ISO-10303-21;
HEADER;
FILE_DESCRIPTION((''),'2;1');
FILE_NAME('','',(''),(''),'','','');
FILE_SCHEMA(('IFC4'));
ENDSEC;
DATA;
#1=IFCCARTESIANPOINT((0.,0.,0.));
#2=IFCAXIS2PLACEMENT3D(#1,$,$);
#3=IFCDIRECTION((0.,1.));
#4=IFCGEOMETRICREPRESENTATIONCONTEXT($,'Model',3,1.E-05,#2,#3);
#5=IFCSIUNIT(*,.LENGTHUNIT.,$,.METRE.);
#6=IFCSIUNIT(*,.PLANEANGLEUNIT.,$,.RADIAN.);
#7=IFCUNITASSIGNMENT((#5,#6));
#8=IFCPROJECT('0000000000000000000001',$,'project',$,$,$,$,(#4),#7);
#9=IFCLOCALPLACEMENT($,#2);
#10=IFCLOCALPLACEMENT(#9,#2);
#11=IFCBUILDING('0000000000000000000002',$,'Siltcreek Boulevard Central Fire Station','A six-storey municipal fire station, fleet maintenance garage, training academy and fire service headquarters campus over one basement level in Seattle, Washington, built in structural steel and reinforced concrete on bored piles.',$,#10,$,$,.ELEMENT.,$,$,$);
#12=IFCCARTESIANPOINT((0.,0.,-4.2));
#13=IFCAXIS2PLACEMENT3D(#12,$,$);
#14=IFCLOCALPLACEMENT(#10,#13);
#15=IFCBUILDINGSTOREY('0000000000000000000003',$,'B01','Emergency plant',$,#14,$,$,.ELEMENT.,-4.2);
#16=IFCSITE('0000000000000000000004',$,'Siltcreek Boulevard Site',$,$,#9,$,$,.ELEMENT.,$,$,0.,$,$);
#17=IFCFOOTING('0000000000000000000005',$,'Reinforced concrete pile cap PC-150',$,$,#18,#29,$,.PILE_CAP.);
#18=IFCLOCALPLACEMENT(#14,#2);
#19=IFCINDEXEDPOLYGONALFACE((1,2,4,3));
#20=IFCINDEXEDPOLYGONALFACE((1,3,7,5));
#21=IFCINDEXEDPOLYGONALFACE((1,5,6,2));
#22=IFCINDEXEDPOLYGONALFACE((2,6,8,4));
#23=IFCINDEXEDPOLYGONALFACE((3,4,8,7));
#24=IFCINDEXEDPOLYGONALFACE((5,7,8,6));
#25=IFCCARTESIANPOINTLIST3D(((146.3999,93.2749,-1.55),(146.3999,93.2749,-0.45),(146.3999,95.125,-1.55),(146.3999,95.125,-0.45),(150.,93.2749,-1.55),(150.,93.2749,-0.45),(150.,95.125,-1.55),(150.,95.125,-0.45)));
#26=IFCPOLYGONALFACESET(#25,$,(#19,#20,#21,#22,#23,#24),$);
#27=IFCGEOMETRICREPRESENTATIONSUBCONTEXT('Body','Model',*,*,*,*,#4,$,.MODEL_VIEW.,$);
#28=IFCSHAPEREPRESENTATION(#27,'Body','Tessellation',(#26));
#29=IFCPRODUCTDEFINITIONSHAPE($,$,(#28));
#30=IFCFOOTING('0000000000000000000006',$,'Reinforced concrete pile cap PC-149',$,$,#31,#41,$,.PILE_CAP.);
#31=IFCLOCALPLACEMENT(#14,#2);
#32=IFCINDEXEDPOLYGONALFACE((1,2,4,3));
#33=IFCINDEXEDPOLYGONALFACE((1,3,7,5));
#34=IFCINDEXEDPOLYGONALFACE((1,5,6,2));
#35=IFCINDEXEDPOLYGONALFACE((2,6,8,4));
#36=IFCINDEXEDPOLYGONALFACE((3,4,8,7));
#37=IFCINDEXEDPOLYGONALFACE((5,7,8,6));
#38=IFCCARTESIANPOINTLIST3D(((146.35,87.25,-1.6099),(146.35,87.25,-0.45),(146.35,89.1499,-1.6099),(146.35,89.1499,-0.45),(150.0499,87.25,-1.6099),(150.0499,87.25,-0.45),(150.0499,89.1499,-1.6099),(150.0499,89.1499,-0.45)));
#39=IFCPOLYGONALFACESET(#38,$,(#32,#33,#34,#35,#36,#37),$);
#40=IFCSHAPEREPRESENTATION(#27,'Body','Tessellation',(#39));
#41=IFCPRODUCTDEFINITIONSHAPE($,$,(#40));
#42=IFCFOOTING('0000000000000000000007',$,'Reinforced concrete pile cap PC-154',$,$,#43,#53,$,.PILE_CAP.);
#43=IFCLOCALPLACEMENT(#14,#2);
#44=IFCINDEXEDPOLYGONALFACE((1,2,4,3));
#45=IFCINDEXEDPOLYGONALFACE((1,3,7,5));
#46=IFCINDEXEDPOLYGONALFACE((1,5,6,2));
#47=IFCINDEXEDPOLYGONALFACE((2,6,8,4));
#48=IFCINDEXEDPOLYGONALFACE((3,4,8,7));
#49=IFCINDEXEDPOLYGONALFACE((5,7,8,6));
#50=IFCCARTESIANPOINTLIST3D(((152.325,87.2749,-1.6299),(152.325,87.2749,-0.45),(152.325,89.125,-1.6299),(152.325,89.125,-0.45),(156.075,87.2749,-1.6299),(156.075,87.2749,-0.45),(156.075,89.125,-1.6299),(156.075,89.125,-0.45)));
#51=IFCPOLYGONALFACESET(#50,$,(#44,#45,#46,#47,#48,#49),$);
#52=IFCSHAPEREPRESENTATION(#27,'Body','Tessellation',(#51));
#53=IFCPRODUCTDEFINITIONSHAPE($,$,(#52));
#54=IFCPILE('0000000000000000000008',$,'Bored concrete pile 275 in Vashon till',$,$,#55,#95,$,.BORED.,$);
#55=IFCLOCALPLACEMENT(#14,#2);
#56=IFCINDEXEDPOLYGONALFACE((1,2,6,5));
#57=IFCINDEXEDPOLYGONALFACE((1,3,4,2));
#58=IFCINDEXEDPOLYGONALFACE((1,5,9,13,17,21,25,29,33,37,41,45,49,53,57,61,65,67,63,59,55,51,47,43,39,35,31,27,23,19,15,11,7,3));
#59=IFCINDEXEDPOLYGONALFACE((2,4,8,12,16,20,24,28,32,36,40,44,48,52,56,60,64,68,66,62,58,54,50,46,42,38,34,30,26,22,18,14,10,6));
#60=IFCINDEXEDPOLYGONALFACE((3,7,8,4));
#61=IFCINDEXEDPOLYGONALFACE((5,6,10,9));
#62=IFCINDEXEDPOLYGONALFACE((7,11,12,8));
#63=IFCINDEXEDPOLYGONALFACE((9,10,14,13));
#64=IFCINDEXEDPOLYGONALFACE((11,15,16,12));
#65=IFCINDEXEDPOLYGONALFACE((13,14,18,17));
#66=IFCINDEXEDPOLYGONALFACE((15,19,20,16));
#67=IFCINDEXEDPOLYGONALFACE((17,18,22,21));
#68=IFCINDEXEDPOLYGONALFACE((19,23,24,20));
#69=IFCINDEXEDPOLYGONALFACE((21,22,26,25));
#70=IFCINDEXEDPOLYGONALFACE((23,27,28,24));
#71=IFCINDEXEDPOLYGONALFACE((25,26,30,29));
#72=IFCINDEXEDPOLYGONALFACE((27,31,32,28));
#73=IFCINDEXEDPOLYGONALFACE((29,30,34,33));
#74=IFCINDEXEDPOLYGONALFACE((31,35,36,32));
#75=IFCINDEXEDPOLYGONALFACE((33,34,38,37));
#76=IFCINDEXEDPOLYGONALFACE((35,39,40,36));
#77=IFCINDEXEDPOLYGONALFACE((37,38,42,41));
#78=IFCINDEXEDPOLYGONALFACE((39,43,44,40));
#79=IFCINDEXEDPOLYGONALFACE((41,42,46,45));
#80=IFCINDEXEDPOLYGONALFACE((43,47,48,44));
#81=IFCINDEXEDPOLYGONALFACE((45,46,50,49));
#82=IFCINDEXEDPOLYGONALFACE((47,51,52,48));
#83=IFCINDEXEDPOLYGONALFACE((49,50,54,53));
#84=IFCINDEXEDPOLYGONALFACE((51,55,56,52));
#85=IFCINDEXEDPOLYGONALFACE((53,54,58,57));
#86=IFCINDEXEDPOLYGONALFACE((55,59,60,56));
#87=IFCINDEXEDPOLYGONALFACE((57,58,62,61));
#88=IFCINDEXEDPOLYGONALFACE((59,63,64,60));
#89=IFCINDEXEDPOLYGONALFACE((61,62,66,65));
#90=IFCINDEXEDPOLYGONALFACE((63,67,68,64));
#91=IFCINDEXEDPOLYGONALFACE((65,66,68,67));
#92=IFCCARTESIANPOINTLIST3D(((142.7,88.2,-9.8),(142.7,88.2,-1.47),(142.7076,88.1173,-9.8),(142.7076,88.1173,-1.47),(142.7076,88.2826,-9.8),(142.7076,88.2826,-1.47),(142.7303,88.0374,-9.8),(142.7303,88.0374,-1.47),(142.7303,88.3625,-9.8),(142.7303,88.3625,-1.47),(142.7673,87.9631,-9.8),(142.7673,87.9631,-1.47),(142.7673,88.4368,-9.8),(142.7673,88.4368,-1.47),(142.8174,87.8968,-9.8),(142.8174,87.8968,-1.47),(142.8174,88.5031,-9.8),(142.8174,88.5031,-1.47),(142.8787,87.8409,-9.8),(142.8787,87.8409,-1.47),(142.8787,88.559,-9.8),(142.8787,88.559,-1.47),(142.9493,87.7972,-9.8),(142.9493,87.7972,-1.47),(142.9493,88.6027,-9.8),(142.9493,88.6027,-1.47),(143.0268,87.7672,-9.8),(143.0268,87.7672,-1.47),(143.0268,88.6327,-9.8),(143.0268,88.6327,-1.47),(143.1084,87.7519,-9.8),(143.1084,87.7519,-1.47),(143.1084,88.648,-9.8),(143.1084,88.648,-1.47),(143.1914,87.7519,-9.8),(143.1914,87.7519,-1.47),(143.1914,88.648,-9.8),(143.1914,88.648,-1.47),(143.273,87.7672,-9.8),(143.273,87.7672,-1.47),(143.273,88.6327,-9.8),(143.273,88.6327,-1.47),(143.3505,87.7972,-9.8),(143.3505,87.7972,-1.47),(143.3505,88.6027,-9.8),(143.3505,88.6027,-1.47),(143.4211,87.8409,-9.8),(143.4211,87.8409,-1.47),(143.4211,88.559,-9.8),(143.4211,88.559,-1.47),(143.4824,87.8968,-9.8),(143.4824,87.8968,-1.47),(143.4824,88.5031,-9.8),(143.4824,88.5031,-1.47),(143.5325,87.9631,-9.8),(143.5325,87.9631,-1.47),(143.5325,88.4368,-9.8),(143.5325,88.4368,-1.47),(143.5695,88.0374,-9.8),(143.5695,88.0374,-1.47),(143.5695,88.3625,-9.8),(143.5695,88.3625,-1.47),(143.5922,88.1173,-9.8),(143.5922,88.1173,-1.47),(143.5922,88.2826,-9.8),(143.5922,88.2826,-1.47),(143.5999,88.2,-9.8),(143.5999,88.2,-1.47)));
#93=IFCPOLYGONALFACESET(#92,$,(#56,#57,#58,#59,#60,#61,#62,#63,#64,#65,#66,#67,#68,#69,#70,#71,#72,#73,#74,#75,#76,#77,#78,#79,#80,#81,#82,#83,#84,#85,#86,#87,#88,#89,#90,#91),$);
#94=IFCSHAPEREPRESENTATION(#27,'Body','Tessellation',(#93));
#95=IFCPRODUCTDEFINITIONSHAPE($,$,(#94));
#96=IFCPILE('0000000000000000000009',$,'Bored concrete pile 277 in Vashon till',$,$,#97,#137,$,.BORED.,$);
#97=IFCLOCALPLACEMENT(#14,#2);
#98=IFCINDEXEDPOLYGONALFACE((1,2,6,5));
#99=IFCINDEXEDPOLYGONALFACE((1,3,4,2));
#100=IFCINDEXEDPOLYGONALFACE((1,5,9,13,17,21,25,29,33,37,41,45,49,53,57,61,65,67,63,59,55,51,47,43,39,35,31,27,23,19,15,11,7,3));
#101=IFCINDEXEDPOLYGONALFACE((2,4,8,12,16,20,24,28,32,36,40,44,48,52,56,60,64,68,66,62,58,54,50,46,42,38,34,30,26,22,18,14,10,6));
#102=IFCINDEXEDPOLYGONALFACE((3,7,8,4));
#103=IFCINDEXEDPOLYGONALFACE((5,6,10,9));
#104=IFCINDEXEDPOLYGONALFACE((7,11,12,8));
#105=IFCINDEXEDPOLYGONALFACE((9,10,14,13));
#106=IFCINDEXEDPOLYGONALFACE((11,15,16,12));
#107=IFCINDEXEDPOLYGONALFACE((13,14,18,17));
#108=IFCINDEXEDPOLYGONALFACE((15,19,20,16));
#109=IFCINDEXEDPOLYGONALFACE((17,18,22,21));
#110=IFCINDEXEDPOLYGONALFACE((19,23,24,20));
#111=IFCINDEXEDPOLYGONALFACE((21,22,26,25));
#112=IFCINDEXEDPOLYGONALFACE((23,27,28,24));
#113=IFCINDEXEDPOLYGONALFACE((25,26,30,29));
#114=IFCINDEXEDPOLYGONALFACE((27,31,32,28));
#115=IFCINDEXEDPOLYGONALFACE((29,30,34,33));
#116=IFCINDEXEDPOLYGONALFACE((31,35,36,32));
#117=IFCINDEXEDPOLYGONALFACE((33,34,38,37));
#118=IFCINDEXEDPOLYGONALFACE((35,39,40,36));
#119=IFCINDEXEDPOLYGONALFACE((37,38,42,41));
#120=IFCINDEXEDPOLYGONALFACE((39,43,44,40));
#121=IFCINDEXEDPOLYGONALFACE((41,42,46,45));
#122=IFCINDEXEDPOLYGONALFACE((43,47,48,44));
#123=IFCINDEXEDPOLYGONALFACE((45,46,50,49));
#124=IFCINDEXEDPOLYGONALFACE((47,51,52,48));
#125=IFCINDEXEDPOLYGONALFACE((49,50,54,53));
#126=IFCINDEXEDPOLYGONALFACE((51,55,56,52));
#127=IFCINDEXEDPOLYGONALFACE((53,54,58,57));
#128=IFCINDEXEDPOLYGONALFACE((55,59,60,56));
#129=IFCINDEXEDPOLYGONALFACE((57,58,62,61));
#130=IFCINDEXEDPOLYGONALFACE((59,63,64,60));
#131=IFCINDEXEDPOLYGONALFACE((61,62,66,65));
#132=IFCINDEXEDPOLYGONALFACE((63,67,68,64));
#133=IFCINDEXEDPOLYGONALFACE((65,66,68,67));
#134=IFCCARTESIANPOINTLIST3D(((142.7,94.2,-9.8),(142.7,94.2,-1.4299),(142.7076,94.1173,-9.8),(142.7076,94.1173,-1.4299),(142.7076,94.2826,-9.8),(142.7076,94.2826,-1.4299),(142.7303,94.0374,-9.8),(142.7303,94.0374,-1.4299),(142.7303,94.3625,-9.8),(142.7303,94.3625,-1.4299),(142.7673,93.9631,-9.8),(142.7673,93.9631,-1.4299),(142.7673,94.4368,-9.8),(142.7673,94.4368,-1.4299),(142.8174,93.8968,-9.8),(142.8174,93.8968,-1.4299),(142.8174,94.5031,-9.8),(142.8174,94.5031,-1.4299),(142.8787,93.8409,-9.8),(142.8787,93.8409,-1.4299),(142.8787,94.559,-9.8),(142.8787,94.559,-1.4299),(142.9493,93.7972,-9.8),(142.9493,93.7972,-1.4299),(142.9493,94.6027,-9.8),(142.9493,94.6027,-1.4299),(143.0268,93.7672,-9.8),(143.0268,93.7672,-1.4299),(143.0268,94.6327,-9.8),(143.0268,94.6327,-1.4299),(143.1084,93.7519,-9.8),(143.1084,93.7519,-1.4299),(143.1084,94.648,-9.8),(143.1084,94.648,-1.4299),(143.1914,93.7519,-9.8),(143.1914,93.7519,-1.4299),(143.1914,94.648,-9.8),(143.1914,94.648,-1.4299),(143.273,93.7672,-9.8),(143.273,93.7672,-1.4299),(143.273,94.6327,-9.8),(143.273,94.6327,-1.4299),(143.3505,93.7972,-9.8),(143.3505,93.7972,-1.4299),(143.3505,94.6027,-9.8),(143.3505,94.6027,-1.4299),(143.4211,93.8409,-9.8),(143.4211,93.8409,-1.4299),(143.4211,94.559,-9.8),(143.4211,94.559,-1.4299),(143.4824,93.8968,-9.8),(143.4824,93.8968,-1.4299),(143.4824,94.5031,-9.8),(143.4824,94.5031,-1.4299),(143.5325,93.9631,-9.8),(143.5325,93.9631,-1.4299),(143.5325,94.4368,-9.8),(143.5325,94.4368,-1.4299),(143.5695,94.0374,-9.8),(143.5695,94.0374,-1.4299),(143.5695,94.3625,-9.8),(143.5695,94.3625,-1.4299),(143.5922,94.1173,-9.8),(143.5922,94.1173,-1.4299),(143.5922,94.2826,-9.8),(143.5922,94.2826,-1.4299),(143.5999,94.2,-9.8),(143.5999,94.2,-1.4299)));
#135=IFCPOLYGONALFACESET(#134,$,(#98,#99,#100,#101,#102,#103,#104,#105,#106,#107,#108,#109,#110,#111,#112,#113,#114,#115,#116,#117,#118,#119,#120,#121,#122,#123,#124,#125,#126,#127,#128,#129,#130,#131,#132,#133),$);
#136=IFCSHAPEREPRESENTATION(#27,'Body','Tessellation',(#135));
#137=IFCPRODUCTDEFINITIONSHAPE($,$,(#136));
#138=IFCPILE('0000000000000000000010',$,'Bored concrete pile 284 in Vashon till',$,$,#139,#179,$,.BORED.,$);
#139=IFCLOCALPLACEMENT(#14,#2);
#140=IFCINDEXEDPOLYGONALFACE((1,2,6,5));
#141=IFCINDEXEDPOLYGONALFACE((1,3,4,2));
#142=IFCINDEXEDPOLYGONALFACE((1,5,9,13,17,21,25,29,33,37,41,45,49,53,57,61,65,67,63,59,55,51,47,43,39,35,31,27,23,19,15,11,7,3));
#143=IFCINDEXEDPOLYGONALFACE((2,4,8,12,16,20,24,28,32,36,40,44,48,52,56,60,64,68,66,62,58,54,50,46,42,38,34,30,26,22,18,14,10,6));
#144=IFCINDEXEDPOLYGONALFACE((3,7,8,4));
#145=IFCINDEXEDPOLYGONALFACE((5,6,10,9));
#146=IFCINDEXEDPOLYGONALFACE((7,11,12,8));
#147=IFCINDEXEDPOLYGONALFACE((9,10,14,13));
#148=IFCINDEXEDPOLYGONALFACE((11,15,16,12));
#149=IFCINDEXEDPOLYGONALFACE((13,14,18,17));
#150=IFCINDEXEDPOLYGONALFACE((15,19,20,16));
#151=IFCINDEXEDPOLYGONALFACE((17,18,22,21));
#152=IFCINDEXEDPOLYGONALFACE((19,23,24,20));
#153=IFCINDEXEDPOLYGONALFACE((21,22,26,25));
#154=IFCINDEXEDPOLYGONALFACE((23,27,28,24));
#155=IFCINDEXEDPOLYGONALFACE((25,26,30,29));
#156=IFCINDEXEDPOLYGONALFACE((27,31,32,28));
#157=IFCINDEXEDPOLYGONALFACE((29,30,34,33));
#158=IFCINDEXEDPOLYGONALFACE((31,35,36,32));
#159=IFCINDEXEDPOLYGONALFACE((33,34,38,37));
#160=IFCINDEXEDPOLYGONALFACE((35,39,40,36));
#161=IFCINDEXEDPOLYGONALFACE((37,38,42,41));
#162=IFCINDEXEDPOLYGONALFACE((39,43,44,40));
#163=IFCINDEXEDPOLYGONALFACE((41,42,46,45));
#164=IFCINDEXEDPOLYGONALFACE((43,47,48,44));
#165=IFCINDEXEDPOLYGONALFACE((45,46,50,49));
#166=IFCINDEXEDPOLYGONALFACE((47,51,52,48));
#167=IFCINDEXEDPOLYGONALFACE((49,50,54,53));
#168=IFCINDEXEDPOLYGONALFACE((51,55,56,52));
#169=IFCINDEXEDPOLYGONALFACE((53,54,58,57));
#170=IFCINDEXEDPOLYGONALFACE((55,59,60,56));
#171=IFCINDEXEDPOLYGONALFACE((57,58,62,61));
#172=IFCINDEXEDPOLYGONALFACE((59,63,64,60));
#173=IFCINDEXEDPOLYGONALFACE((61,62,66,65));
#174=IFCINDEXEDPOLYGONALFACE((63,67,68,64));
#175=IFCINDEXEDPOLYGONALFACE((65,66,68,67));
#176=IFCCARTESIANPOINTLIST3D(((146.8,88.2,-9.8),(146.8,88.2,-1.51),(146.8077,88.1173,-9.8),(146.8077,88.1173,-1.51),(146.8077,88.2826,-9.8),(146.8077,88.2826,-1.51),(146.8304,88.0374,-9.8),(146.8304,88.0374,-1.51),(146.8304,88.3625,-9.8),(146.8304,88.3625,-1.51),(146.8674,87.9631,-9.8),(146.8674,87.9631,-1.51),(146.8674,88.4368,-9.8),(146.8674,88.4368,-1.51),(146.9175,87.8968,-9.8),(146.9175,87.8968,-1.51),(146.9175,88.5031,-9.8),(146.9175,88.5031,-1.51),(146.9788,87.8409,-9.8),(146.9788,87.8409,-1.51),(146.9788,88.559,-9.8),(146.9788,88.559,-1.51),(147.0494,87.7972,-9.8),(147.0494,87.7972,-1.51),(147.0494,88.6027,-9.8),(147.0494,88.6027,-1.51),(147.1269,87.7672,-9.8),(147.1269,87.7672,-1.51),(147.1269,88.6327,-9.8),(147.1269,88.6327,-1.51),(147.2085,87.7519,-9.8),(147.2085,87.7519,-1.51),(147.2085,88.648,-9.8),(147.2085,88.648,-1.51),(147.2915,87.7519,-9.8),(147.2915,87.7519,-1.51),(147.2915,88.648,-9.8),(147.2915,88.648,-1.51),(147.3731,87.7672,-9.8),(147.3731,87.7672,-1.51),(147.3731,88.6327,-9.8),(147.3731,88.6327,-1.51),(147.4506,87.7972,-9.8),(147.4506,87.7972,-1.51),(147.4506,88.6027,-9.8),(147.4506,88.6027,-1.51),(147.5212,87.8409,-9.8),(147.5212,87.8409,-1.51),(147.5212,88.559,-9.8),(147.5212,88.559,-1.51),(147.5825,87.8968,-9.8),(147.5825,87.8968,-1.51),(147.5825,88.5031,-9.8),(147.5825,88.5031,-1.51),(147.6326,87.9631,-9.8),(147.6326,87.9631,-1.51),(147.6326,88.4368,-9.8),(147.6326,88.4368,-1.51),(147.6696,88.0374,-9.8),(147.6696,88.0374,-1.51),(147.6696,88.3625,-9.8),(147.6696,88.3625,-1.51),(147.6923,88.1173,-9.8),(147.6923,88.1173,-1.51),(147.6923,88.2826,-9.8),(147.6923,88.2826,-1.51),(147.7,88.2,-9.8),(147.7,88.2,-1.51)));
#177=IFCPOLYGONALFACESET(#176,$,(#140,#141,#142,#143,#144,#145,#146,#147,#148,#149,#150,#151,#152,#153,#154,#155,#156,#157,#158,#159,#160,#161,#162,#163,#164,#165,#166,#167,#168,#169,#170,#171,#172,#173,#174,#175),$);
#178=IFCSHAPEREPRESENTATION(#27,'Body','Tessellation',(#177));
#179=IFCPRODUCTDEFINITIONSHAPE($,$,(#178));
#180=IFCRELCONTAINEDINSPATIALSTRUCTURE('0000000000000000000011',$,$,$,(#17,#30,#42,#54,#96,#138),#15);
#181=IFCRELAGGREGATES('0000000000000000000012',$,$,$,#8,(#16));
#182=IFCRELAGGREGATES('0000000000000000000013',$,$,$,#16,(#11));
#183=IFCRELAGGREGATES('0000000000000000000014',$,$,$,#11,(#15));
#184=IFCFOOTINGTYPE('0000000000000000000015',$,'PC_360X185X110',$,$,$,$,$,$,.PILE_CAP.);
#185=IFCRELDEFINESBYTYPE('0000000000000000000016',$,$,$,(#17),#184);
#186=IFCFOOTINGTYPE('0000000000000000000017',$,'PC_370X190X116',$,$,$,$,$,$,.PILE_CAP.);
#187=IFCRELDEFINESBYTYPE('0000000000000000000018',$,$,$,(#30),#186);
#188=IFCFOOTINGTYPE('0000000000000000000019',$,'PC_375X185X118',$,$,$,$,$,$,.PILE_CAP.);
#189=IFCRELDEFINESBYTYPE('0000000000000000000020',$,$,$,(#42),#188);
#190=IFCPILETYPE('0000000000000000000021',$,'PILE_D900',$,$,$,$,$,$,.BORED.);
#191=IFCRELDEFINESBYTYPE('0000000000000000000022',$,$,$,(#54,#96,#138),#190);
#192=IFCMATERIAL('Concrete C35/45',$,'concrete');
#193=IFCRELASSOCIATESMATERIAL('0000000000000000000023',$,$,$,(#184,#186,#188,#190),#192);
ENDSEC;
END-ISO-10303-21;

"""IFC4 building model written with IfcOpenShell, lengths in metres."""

from ifc_helpers import new_model, si_unit, direction, frame, origin, origin_2d, place, context, subcontext, project, spatial, rectangle, circle, extrude, material, material_profile, profile_set, type_object, element, save


model = new_model("IFC4")

# Units and contexts
model_context = context("Model", 3, precision=1e-05, world=origin(), true_north=direction((0.0, 1.0)))
body_context = subcontext(model_context, "Body", "Model", "MODEL_VIEW")
ifc_project = project(units=[si_unit("LENGTHUNIT", "METRE"), si_unit("PLANEANGLEUNIT", "RADIAN")], contexts=[model_context])

# Site, building, storey
site_placement = place(None, origin())
site = spatial("IfcSite", under=ifc_project, at=site_placement, Name="Siltcreek Boulevard Site", CompositionType="ELEMENT", RefElevation=0.0)
building_placement = place(site_placement, origin())
building = spatial("IfcBuilding", under=site, at=building_placement, Name="Siltcreek Boulevard Central Fire Station", Description="A six-storey municipal fire station, fleet maintenance garage, training academy and fire service headquarters campus over one basement level in Seattle, Washington, built in structural steel and reinforced concrete on bored piles.", CompositionType="ELEMENT")
storey_placement = place(building_placement, frame((0.0, 0.0, -4.2)))
storey = spatial("IfcBuildingStorey", under=building, at=storey_placement, Name="B01", Description="Emergency plant", CompositionType="ELEMENT", Elevation=-4.2)

# Footings
ifc_material_1 = material(Name="Concrete C35/45", Category="concrete")
footing_type_1 = type_object("IfcFootingType", Name="PC_360X185X110", PredefinedType="PILE_CAP", material=ifc_material_1)
footing_1_placement = place(storey_placement, frame((148.2, 94.2, -1.55), z_axis=(0.0, 0.0, 1.0), x_axis=(1.0, 0.0, 0.0)))
element("IfcFooting", 1, at=footing_1_placement, inside=storey, type_object=footing_type_1, Name="Reinforced concrete pile cap PC-150", PredefinedType="PILE_CAP", context=body_context, shape_type="SweptSolid", body=[
    extrude(rectangle(XDim=3.6001, YDim=1.8501, at=origin_2d()), origin(), (0.0, 0.0, 1.0), 1.1001),
])
footing_type_2 = type_object("IfcFootingType", Name="PC_370X190X116", PredefinedType="PILE_CAP", material=ifc_material_1)
footing_2_placement = place(storey_placement, frame((148.2, 88.2, -1.6099), z_axis=(0.0, 0.0, 1.0), x_axis=(1.0, 0.0, 0.0)))
element("IfcFooting", 2, at=footing_2_placement, inside=storey, type_object=footing_type_2, Name="Reinforced concrete pile cap PC-149", PredefinedType="PILE_CAP", context=body_context, shape_type="SweptSolid", body=[
    extrude(rectangle(XDim=3.7, YDim=1.8999, at=origin_2d()), origin(), (0.0, 0.0, 1.0), 1.1599),
])
footing_type_3 = type_object("IfcFootingType", Name="PC_375X185X118", PredefinedType="PILE_CAP", material=ifc_material_1)
footing_3_placement = place(storey_placement, frame((154.2, 88.2, -1.6299), z_axis=(0.0, 0.0, 1.0), x_axis=(1.0, 0.0, 0.0)))
element("IfcFooting", 3, at=footing_3_placement, inside=storey, type_object=footing_type_3, Name="Reinforced concrete pile cap PC-154", PredefinedType="PILE_CAP", context=body_context, shape_type="SweptSolid", body=[
    extrude(rectangle(XDim=3.75, YDim=1.8501, at=origin_2d()), origin(), (0.0, 0.0, 1.0), 1.1799),
])

# Piles
ifc_material_profile_1 = material_profile(ifc_material_1, circle(Radius=0.45, at=origin_2d()), Name="SHAFT900")
ifc_profile_set_1 = profile_set([ifc_material_profile_1], Name="Concrete C35/45")
pile_type = type_object("IfcPileType", Name="PILE_D900", PredefinedType="BORED", material=ifc_profile_set_1)
pile_1_placement = place(storey_placement, frame((143.1499, 88.2, -1.47), z_axis=(0.0, 0.0, -1.0), x_axis=(1.0, 0.0, 0.0)))
element("IfcPile", 4, at=pile_1_placement, inside=storey, type_object=pile_type, Name="Bored concrete pile 275 in Vashon till", PredefinedType="BORED", context=body_context, shape_type="SweptSolid", body=[
    extrude(circle(Radius=0.45, at=origin_2d()), origin(), (0.0, 0.0, 1.0), 8.3301),
])
pile_2_placement = place(storey_placement, frame((143.1499, 94.2, -1.4299), z_axis=(0.0, 0.0, -1.0), x_axis=(1.0, 0.0, 0.0)))
element("IfcPile", 5, at=pile_2_placement, inside=storey, type_object=pile_type, Name="Bored concrete pile 277 in Vashon till", PredefinedType="BORED", context=body_context, shape_type="SweptSolid", body=[
    extrude(circle(Radius=0.45, at=origin_2d()), origin(), (0.0, 0.0, 1.0), 8.3701),
])
for number, where, z_axis, x_axis, name in (
    (6, (147.25, 88.2, -1.51), (0.0, 0.0, -1.0), (1.0, 0.0, 0.0), "Bored concrete pile 284 in Vashon till"),
):
    element("IfcPile", number, at=place(storey_placement, frame(where, z_axis=z_axis, x_axis=x_axis)), inside=storey, type_object=pile_type, Name=name, PredefinedType="BORED", context=body_context, shape_type="SweptSolid", body=[
        extrude(circle(Radius=0.45, at=origin_2d()), origin(), (0.0, 0.0, 1.0), 8.29),
    ])

save(model, "model.ifc")
